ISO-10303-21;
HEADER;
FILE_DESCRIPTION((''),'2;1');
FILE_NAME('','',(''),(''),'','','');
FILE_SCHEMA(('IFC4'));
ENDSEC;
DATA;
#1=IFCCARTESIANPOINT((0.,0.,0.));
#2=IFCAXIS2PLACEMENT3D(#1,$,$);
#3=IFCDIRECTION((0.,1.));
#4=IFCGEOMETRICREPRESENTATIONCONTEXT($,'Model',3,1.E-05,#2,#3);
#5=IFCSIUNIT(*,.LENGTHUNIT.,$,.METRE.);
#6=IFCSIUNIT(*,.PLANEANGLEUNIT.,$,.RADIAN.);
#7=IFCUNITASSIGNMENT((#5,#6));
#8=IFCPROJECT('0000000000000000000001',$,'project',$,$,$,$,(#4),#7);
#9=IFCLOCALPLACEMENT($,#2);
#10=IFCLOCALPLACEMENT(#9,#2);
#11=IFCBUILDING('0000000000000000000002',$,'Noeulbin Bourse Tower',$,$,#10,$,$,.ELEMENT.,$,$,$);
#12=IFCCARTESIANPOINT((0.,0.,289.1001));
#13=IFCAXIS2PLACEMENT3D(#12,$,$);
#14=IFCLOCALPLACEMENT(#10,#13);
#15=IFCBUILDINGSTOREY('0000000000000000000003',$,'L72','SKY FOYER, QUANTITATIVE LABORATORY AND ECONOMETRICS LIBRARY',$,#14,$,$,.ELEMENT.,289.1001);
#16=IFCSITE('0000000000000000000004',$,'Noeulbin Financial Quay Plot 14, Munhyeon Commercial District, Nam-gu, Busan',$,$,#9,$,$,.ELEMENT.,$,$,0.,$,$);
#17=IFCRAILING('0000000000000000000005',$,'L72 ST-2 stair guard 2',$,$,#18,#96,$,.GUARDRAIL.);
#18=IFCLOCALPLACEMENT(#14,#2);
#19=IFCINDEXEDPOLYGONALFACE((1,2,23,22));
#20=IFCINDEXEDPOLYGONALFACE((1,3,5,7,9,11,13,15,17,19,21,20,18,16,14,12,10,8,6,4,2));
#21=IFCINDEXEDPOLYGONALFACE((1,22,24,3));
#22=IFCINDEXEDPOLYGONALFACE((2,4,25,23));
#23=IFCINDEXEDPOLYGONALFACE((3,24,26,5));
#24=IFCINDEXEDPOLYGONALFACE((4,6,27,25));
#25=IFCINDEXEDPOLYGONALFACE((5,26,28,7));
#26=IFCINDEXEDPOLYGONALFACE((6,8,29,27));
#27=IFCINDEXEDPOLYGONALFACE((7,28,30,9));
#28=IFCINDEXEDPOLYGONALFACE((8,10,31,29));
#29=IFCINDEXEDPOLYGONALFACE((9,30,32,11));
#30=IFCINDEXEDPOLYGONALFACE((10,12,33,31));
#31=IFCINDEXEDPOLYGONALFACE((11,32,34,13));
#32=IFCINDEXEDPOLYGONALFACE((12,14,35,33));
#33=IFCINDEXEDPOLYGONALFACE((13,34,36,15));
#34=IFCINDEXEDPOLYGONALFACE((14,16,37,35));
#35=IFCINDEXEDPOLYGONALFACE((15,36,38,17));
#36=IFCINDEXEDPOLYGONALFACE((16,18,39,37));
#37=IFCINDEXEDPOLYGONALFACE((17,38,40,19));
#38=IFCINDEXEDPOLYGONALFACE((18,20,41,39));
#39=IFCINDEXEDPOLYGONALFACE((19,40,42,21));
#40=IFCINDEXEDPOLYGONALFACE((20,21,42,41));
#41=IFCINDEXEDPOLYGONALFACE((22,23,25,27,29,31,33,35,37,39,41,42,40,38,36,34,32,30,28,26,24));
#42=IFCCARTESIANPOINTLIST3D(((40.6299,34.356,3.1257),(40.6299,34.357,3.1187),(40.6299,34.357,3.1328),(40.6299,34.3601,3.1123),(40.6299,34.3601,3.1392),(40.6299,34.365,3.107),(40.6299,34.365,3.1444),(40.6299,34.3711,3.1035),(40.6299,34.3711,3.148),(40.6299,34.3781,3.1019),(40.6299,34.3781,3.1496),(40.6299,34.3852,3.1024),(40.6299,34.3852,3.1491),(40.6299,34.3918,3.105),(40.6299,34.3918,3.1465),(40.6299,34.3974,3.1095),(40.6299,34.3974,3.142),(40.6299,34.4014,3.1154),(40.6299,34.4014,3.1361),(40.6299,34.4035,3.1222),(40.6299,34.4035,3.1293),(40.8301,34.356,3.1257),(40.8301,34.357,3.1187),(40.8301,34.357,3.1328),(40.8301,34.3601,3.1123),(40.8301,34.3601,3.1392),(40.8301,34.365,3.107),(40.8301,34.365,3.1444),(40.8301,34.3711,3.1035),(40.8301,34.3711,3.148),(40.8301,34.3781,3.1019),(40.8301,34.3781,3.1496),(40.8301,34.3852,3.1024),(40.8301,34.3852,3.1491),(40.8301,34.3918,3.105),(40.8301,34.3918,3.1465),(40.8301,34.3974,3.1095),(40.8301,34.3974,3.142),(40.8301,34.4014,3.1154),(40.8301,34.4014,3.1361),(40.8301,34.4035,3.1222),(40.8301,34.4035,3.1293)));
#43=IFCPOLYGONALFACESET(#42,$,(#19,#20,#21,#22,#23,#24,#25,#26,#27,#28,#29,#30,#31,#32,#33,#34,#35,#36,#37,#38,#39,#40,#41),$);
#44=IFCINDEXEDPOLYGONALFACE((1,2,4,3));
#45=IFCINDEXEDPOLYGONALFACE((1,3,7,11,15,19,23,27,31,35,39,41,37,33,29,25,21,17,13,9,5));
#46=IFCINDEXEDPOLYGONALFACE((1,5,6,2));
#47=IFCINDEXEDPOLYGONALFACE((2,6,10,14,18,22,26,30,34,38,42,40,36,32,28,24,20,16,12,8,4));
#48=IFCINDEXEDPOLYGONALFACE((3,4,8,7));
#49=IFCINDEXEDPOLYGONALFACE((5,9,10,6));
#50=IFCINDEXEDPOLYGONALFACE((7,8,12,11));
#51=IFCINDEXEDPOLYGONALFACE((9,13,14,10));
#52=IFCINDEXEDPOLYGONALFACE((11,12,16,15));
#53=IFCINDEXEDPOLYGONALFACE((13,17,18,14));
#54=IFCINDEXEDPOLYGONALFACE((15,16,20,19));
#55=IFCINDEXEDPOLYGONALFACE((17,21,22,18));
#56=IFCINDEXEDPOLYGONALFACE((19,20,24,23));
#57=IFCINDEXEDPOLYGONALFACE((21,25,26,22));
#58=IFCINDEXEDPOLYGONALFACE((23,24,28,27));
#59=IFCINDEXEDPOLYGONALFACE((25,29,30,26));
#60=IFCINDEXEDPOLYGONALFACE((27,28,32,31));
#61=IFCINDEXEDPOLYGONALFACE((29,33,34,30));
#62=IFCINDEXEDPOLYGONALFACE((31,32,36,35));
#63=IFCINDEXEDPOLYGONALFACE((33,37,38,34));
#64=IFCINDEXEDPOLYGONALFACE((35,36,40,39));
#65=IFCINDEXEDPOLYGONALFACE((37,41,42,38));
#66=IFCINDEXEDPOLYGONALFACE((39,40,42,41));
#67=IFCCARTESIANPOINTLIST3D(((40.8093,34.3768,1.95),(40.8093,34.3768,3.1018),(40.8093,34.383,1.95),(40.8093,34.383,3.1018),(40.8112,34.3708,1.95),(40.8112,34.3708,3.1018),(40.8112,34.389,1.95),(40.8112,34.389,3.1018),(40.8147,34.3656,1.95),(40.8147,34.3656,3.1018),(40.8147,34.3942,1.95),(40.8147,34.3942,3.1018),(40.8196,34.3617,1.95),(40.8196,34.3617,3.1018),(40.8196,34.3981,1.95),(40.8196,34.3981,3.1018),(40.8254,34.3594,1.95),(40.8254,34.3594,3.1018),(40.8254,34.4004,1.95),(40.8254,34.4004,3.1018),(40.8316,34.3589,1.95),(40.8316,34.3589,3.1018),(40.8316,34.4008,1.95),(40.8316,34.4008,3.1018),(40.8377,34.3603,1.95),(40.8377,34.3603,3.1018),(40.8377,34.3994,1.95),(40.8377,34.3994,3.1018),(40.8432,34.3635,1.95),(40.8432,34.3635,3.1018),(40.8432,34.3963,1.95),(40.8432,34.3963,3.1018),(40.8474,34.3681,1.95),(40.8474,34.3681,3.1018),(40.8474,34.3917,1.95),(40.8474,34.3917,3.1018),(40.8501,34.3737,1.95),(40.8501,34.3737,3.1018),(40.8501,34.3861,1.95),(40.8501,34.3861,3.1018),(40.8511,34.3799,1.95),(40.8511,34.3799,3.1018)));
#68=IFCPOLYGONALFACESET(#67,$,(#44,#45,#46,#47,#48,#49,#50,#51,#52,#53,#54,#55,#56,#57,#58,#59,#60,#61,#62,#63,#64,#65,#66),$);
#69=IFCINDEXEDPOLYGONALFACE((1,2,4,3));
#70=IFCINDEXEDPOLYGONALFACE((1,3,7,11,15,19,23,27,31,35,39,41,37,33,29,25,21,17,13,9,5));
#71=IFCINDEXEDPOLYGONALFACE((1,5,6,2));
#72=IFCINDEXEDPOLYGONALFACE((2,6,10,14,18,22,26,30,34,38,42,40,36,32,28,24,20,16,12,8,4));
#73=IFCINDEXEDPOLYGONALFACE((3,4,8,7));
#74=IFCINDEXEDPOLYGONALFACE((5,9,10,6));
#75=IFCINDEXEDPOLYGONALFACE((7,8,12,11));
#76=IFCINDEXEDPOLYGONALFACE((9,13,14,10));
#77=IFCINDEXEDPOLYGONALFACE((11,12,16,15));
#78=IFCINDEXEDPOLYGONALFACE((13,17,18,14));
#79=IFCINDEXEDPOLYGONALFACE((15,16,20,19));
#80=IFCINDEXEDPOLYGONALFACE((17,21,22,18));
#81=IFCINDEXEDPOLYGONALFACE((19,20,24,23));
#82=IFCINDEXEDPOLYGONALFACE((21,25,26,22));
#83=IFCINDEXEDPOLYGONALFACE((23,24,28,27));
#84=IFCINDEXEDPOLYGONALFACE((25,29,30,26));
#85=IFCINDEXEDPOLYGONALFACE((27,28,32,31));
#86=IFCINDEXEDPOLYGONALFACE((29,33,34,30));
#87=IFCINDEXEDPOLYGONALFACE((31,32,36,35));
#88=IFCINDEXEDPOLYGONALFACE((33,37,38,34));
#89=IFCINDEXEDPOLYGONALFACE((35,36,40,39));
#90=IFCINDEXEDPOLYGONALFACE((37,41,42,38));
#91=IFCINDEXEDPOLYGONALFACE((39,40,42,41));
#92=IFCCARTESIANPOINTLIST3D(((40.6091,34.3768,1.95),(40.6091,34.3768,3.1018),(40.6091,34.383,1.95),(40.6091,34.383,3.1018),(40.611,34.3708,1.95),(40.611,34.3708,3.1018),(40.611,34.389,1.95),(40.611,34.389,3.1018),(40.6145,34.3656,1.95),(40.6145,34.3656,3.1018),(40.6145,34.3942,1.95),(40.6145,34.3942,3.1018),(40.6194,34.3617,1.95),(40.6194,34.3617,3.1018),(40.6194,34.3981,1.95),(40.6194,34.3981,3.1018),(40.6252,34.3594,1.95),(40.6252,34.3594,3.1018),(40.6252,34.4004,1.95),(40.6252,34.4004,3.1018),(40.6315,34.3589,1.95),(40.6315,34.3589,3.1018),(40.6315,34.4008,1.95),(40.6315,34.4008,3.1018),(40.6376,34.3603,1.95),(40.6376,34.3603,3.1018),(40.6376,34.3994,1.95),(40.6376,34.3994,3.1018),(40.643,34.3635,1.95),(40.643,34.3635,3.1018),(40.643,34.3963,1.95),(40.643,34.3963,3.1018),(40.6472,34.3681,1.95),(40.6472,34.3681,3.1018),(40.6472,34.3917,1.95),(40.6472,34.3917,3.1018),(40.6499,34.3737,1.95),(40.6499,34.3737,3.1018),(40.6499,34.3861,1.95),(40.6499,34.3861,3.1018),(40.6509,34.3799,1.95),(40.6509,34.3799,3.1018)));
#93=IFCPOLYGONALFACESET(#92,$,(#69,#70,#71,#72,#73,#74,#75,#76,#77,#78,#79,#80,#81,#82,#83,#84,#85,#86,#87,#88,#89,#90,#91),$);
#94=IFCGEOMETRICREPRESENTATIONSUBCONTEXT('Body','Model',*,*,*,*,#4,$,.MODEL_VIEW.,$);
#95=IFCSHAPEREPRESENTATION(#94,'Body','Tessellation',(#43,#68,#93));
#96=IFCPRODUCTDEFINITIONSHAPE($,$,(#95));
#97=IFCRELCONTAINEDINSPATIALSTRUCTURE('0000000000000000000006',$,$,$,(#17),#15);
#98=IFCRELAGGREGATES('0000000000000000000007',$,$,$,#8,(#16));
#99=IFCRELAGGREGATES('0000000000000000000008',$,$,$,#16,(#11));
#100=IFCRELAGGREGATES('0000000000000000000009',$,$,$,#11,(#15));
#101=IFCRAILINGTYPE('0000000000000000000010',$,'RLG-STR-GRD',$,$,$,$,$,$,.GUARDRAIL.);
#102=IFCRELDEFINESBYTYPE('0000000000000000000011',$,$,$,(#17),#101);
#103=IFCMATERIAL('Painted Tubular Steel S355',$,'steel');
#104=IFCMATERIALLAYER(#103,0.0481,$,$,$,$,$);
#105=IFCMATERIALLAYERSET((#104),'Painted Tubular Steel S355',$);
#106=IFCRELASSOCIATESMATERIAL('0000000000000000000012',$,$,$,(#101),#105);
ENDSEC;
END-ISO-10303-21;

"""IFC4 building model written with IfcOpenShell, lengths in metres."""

from ifc_helpers import new_model, si_unit, direction, frame, origin, origin_2d, place, context, subcontext, project, spatial, circle, extrude, material, layer, layer_set, type_object, element, save


model = new_model("IFC4")

# Units and contexts
model_context = context("Model", 3, precision=1e-05, world=origin(), true_north=direction((0.0, 1.0)))
body_context = subcontext(model_context, "Body", "Model", "MODEL_VIEW")
ifc_project = project(units=[si_unit("LENGTHUNIT", "METRE"), si_unit("PLANEANGLEUNIT", "RADIAN")], contexts=[model_context])

# Site, building, storey
site_placement = place(None, origin())
site = spatial("IfcSite", under=ifc_project, at=site_placement, Name="Noeulbin Financial Quay Plot 14, Munhyeon Commercial District, Nam-gu, Busan", CompositionType="ELEMENT", RefElevation=0.0)
building_placement = place(site_placement, origin())
building = spatial("IfcBuilding", under=site, at=building_placement, Name="Noeulbin Bourse Tower", CompositionType="ELEMENT")
storey_placement = place(building_placement, frame((0.0, 0.0, 289.1001)))
storey = spatial("IfcBuildingStorey", under=building, at=storey_placement, Name="L72", Description="SKY FOYER, QUANTITATIVE LABORATORY AND ECONOMETRICS LIBRARY", CompositionType="ELEMENT", Elevation=289.1001)

# Railing
ifc_material_1 = material(Name="Painted Tubular Steel S355", Category="steel")
ifc_layer_1 = layer(ifc_material_1, 0.0481)
ifc_layer_set_1 = layer_set([ifc_layer_1], Name="Painted Tubular Steel S355")
railing_type_1 = type_object("IfcRailingType", Name="RLG-STR-GRD", PredefinedType="GUARDRAIL", material=ifc_layer_set_1)
railing_1_placement = place(storey_placement, frame((40.8301, 34.3799, 1.95)))
element("IfcRailing", 1, at=railing_1_placement, inside=storey, type_object=railing_type_1, Name="L72 ST-2 stair guard 2", PredefinedType="GUARDRAIL", context=body_context, shape_type="SweptSolid", body=[
    extrude(circle(Radius=0.0239, at=origin_2d()), frame((0.0, 0.0, 1.1758), z_axis=(-1.0, 0.0, 0.0), x_axis=(0.0, -1.0, 0.0)), (0.0, 0.0, 1.0), 0.2002),
    extrude(circle(Radius=0.021, at=origin_2d()), origin(), (0.0, 0.0, 1.0), 1.1519),
    extrude(circle(Radius=0.021, at=origin_2d()), frame((-0.2002, 0.0, 0.0)), (0.0, 0.0, 1.0), 1.1519),
])

save(model, "model.ifc")
